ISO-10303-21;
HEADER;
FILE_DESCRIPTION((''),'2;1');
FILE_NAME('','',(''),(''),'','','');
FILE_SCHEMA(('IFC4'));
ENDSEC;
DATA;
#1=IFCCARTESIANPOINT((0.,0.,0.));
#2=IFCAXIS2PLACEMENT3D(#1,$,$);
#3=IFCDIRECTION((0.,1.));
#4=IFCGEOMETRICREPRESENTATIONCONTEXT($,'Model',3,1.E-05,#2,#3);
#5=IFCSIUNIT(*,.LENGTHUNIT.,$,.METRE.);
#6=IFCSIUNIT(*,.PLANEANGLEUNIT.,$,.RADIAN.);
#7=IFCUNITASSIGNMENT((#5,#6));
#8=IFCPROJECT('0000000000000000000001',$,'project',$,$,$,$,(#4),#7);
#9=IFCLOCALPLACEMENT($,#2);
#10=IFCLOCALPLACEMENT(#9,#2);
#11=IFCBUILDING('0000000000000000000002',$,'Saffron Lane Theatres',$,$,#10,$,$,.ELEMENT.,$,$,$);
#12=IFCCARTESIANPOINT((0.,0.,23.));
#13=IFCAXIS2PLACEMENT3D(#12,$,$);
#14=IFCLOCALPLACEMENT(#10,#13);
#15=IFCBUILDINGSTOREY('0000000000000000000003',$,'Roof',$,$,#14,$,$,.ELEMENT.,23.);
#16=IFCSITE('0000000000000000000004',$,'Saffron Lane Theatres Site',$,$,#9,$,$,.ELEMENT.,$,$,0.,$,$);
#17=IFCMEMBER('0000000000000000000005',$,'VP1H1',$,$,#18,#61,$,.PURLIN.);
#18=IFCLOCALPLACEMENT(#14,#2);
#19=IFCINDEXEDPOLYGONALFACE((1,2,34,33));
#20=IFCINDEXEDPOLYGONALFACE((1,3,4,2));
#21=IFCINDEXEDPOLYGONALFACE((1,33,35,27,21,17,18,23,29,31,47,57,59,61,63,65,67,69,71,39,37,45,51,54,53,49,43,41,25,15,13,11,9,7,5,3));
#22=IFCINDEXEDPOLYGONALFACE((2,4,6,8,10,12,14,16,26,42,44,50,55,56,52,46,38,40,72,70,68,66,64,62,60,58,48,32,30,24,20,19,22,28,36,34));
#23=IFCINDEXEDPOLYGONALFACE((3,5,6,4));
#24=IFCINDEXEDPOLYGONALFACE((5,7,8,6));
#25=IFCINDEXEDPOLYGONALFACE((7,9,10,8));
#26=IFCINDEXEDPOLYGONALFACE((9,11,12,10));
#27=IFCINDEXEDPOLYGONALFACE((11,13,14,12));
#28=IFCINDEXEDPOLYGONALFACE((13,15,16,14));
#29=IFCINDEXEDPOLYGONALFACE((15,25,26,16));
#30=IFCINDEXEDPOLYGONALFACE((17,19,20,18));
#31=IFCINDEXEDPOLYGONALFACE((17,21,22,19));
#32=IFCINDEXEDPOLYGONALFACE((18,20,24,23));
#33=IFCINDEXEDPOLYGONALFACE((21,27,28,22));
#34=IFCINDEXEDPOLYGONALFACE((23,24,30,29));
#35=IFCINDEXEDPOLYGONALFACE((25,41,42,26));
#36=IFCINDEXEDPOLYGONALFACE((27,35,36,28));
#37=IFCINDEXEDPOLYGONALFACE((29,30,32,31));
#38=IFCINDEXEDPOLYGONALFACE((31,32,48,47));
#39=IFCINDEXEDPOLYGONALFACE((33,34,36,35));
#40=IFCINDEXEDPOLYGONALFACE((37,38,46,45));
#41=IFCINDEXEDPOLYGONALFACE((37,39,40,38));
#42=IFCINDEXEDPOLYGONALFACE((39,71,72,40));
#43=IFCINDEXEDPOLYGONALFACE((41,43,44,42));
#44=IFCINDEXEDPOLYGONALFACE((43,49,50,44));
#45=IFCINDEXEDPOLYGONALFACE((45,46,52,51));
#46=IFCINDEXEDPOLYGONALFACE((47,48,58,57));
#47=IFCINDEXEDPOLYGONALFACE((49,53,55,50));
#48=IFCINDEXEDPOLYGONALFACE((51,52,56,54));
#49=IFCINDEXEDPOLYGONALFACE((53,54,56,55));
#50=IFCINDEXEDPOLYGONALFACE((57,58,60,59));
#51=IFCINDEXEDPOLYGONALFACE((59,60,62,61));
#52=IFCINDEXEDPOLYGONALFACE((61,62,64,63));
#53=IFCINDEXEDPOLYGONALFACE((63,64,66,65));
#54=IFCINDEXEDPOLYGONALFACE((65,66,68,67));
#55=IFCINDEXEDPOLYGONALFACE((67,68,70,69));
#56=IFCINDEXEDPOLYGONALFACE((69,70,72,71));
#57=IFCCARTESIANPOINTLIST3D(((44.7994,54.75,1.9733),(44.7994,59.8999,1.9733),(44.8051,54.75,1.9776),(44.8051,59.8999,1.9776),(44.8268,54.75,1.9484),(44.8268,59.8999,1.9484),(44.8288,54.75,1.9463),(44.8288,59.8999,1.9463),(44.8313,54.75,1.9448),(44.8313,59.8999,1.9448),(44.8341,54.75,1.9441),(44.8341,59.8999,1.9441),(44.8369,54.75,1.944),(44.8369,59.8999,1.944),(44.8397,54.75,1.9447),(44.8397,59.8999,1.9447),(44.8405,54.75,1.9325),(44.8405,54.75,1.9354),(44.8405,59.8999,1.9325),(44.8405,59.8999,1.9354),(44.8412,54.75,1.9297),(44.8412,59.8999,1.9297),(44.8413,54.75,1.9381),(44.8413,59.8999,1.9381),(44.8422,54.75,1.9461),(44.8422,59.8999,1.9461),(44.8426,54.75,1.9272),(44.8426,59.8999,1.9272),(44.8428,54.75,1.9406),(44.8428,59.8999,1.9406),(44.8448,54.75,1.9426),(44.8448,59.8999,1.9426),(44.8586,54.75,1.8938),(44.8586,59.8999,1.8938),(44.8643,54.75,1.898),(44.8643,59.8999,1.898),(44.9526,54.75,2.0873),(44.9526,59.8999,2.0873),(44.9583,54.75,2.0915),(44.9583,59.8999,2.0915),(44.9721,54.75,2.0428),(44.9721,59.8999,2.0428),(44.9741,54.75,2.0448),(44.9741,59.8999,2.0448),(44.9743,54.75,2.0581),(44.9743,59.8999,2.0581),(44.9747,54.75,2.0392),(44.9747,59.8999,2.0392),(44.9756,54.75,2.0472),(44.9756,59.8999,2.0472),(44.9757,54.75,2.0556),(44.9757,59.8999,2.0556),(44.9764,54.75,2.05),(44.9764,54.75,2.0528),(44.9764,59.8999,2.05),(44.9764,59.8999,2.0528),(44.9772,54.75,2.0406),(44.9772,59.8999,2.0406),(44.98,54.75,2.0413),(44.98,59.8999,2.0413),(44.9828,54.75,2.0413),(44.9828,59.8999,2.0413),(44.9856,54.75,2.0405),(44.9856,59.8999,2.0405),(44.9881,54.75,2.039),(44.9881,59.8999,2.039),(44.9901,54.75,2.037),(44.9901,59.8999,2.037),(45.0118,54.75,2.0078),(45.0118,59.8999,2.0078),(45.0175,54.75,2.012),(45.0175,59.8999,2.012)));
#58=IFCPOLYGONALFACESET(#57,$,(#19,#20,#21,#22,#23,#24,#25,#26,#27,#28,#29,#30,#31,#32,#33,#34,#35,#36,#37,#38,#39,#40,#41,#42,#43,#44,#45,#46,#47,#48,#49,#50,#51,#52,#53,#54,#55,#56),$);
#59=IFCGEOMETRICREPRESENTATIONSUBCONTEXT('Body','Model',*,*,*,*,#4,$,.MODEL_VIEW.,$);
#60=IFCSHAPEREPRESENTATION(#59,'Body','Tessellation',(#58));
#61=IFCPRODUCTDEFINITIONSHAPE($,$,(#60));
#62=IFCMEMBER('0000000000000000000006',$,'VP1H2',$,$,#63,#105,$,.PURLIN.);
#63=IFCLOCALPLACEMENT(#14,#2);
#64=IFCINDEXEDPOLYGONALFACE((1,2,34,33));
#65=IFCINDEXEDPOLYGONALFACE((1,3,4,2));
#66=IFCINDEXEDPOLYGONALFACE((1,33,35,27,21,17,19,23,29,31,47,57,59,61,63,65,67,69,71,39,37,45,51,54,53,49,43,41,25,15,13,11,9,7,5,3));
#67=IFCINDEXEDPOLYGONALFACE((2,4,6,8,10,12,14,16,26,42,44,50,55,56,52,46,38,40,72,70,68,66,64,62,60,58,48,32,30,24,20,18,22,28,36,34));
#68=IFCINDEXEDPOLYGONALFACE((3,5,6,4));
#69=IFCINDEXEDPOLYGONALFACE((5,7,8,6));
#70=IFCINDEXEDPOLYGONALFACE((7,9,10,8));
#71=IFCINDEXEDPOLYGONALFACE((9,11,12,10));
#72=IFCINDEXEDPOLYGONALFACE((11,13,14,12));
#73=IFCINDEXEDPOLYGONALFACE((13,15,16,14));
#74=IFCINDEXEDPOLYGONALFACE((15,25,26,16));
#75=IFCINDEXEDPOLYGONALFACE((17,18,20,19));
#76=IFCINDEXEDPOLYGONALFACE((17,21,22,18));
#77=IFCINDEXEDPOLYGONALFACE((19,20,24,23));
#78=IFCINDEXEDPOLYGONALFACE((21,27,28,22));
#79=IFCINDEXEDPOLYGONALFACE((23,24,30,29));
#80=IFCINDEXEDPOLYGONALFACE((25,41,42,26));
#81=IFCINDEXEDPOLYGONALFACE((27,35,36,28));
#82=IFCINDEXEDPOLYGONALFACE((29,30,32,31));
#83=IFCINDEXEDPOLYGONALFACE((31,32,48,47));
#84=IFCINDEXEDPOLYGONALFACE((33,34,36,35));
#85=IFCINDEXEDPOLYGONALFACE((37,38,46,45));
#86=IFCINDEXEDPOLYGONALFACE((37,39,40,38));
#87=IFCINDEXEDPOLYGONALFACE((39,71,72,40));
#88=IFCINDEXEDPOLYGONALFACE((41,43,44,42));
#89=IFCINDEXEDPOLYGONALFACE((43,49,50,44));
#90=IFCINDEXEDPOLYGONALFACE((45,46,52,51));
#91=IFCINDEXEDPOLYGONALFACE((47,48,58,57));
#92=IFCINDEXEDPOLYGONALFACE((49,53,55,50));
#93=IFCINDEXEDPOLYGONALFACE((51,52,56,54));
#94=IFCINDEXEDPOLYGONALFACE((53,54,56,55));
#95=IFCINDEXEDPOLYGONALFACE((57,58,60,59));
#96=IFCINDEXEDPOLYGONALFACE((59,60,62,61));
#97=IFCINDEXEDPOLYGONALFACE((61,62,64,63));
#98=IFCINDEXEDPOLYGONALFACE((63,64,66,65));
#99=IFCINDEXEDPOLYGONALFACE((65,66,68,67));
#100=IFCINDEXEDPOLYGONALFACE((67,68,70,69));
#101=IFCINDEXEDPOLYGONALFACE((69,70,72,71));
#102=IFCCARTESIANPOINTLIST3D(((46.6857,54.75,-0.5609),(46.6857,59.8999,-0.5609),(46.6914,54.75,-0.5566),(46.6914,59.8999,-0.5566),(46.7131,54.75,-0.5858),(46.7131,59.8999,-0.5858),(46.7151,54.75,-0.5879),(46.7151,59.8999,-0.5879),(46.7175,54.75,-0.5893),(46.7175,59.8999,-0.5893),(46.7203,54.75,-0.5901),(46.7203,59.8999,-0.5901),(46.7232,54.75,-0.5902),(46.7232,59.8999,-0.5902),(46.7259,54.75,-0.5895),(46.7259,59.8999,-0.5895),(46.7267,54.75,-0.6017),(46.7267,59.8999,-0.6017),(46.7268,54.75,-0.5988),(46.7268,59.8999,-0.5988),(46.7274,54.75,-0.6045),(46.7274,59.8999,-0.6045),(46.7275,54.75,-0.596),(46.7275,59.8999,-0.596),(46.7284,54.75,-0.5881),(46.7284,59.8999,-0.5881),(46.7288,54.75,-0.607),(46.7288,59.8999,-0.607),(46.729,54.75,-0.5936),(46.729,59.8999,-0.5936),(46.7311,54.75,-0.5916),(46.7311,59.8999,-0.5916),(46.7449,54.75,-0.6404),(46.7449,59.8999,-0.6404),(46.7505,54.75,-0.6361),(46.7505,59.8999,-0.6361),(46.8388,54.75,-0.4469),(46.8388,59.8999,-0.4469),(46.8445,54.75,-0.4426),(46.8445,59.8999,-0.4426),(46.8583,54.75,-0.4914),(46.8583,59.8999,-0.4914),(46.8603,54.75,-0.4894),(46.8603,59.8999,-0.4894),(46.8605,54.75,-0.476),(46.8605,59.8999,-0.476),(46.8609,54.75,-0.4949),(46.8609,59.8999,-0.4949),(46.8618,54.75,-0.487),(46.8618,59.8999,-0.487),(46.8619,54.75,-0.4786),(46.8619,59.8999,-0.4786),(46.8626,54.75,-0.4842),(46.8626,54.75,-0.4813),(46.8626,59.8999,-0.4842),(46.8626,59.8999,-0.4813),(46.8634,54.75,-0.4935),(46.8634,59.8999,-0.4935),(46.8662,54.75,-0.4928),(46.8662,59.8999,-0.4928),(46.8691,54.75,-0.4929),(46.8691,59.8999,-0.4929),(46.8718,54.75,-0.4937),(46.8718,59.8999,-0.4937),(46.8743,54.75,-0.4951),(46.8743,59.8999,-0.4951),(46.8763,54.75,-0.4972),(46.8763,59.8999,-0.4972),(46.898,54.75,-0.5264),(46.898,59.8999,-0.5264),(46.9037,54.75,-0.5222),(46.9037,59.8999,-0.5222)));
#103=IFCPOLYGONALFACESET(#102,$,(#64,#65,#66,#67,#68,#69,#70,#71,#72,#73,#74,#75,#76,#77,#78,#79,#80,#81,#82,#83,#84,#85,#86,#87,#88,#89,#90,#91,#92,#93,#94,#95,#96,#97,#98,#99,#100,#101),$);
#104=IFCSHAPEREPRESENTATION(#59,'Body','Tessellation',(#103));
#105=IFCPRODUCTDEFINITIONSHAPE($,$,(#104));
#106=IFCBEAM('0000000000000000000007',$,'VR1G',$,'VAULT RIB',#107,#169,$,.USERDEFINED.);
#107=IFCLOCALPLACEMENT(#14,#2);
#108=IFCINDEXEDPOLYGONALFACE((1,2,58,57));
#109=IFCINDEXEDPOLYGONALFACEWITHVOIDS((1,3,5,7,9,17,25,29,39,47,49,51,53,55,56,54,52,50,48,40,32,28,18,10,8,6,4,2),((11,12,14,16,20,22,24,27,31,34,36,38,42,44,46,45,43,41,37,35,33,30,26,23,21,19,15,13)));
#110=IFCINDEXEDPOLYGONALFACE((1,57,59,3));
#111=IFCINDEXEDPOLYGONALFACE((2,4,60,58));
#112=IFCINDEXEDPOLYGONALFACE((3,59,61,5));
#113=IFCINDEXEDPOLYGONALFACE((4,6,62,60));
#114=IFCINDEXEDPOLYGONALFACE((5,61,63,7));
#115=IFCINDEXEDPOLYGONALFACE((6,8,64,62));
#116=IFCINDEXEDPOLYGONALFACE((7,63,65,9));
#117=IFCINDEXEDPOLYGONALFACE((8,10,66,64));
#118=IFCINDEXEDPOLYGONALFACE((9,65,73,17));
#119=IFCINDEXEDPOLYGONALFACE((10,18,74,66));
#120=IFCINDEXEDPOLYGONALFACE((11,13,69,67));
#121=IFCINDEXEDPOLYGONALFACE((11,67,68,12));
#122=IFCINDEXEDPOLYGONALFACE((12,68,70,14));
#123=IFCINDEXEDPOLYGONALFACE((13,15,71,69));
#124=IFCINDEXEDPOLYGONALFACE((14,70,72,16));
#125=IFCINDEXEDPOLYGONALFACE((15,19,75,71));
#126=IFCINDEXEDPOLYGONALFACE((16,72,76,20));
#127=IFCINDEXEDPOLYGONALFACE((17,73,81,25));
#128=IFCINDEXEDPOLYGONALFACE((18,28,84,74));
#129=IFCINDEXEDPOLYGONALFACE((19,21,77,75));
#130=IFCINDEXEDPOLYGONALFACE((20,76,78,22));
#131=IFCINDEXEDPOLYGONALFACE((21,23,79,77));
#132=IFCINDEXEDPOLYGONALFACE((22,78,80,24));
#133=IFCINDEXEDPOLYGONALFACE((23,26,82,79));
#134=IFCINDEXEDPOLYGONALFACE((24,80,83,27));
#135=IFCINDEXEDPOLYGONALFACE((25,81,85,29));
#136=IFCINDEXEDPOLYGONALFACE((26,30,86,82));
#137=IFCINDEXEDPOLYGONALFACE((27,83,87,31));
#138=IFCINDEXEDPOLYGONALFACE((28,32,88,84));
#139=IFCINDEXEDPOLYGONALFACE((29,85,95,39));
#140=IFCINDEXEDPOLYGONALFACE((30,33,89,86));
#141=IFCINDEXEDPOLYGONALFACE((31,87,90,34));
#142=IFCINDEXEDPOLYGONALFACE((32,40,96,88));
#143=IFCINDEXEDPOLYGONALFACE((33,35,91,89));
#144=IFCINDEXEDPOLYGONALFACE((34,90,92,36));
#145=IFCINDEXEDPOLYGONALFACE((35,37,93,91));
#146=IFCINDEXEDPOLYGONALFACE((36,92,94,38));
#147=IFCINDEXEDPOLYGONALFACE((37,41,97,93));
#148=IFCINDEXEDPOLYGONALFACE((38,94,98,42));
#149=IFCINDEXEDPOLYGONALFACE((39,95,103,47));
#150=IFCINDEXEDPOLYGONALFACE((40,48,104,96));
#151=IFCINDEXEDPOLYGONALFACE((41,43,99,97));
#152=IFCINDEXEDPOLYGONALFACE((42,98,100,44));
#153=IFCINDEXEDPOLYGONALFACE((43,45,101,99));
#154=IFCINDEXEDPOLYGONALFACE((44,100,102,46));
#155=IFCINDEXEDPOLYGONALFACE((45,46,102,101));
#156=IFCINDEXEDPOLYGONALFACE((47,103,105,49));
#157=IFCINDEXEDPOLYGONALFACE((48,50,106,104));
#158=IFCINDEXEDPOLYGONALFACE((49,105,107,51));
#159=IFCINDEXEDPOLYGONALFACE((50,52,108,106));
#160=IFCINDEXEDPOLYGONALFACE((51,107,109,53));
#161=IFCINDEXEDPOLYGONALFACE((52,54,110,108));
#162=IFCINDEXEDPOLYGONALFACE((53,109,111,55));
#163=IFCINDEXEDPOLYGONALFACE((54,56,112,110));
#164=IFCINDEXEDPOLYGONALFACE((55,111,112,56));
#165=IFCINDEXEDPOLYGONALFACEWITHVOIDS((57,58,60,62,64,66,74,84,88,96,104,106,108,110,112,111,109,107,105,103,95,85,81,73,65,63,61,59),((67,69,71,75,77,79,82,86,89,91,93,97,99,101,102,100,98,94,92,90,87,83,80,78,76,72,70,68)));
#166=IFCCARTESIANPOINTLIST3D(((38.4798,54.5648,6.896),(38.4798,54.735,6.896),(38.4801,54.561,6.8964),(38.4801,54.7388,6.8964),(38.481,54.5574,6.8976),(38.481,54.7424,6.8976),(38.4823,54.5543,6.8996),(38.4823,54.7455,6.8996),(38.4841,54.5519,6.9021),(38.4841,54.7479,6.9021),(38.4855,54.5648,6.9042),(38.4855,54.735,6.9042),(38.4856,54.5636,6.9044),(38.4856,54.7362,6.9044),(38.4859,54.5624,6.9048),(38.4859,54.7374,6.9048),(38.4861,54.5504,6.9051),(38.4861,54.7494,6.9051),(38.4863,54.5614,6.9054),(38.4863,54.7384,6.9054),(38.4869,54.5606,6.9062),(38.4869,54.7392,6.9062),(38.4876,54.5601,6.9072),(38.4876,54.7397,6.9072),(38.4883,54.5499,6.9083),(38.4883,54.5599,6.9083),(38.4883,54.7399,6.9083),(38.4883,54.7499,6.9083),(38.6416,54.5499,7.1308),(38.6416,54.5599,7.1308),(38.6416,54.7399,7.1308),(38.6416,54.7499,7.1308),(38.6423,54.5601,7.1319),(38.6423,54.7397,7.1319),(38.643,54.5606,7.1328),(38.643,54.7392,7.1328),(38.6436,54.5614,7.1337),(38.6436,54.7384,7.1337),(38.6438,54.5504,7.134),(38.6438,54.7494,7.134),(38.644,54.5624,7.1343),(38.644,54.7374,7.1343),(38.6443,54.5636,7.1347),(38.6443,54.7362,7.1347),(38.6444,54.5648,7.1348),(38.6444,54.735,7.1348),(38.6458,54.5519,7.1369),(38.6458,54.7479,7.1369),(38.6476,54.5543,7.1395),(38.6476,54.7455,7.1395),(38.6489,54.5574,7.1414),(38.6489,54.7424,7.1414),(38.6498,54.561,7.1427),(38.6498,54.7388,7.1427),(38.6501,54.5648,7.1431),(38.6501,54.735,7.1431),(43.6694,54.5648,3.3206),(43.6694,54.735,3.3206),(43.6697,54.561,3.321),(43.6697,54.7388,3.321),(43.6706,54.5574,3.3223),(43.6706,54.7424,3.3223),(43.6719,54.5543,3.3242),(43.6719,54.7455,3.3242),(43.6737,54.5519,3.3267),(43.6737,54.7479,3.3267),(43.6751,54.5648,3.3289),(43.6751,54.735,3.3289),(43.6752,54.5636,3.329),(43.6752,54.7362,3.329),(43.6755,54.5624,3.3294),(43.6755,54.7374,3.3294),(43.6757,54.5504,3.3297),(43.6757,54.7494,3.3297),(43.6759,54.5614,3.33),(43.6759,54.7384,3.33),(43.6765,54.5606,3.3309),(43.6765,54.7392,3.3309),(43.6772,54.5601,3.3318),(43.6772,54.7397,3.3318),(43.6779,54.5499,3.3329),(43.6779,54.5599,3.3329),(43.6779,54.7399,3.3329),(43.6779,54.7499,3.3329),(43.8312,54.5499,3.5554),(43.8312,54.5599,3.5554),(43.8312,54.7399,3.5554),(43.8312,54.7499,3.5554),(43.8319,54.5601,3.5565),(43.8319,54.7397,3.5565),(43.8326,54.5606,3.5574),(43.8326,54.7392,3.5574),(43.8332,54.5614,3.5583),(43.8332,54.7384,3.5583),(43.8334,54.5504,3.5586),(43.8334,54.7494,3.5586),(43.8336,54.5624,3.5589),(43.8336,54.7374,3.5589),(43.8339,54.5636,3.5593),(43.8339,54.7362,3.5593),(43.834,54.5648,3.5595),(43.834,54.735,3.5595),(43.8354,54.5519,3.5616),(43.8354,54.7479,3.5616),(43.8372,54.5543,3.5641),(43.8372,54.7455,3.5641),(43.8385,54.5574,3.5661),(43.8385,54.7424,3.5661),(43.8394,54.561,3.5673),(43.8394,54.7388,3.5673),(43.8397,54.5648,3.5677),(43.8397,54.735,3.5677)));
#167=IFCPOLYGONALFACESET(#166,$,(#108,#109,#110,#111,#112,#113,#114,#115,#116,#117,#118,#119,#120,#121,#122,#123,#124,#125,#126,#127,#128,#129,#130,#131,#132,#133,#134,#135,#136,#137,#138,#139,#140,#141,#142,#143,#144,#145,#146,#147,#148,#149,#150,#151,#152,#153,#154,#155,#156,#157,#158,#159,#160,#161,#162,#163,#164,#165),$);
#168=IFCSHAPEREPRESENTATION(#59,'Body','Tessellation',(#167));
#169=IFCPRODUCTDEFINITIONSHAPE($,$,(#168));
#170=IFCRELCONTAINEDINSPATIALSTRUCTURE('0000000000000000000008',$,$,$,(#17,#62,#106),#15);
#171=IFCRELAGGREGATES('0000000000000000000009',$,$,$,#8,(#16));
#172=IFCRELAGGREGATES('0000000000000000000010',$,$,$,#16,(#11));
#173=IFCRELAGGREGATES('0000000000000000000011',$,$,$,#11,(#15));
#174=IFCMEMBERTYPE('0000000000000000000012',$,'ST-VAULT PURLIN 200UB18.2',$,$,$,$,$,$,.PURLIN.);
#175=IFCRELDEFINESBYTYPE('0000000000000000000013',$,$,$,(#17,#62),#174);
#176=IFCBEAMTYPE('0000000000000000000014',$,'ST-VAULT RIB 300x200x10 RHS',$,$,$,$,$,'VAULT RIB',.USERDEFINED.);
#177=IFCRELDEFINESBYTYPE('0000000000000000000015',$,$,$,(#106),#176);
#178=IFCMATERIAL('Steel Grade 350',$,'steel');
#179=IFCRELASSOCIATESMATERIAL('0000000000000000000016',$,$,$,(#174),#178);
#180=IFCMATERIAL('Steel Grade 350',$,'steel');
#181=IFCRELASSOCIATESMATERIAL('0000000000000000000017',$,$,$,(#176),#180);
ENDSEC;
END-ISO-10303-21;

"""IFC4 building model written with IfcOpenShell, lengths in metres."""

from ifc_helpers import new_model, si_unit, direction, frame, origin, origin_2d, place, context, subcontext, project, spatial, hollow_rectangle, i_section, extrude, material, material_profile, profile_set, type_object, element, save


model = new_model("IFC4")

# Units and contexts
model_context = context("Model", 3, precision=1e-05, world=origin(), true_north=direction((0.0, 1.0)))
body_context = subcontext(model_context, "Body", "Model", "MODEL_VIEW")
ifc_project = project(units=[si_unit("LENGTHUNIT", "METRE"), si_unit("PLANEANGLEUNIT", "RADIAN")], contexts=[model_context])

# Site, building, storey
site_placement = place(None, origin())
site = spatial("IfcSite", under=ifc_project, at=site_placement, Name="Saffron Lane Theatres Site", CompositionType="ELEMENT", RefElevation=0.0)
building_placement = place(site_placement, origin())
building = spatial("IfcBuilding", under=site, at=building_placement, Name="Saffron Lane Theatres", CompositionType="ELEMENT")
storey_placement = place(building_placement, frame((0.0, 0.0, 23.0)))
storey = spatial("IfcBuildingStorey", under=building, at=storey_placement, Name="Roof", CompositionType="ELEMENT", Elevation=23.0)

# Members
ifc_material_1 = material(Name="Steel Grade 350", Category="steel")
ifc_material_profile_1 = material_profile(ifc_material_1, i_section(OverallWidth=0.0991, OverallDepth=0.198, WebThickness=0.0044, FlangeThickness=0.0071, FilletRadius=0.011, at=origin_2d()))
ifc_profile_set_1 = profile_set([ifc_material_profile_1], Name="Steel Grade 350")
member_type_1 = type_object("IfcMemberType", Name="ST-VAULT PURLIN 200UB18.2", PredefinedType="PURLIN", material=ifc_profile_set_1)
for number, where, z_axis, x_axis, name in (
    (1, (44.9084, 54.75, 1.9927), (0.0, 1.0, 0.0), (0.597069, 0.0, -0.80219), "VP1H1"),
    (2, (46.7947, 54.75, -0.5415), (0.0, 1.0, 0.0), (0.597069, 0.0, -0.80219), "VP1H2"),
):
    element("IfcMember", number, at=place(storey_placement, frame(where, z_axis=z_axis, x_axis=x_axis)), inside=storey, type_object=member_type_1, Name=name, PredefinedType="PURLIN", context=body_context, shape_type="SweptSolid", body=[
        extrude(i_section(OverallWidth=0.0991, OverallDepth=0.198, WebThickness=0.0044, FlangeThickness=0.0071, FilletRadius=0.011, at=origin_2d()), origin(), (0.0, 0.0, 1.0), 5.1499),
    ])

# Beam
ifc_material_2 = material(Name="Steel Grade 350", Category="steel")
ifc_material_profile_2 = material_profile(ifc_material_2, hollow_rectangle(XDim=0.2, YDim=0.3, WallThickness=0.01, InnerFilletRadius=0.0049, OuterFilletRadius=0.0149, at=origin_2d()))
ifc_profile_set_2 = profile_set([ifc_material_profile_2], Name="Steel Grade 350")
beam_type = type_object("IfcBeamType", Name="ST-VAULT RIB 300x200x10 RHS", ElementType="VAULT RIB", PredefinedType="USERDEFINED", material=ifc_profile_set_2)
beam_1_placement = place(storey_placement, frame((38.5649, 54.6499, 7.0195), z_axis=(0.823484, 0.0, -0.567339), x_axis=(0.0, 1.0, 0.0)))
element("IfcBeam", 3, at=beam_1_placement, inside=storey, type_object=beam_type, Name="VR1G", ObjectType="VAULT RIB", PredefinedType="USERDEFINED", context=body_context, shape_type="SweptSolid", body=[
    extrude(hollow_rectangle(XDim=0.2, YDim=0.3, WallThickness=0.01, InnerFilletRadius=0.0049, OuterFilletRadius=0.0149, at=origin_2d()), origin(), (0.0, 0.0, 1.0), 6.302),
])

save(model, "model.ifc")
